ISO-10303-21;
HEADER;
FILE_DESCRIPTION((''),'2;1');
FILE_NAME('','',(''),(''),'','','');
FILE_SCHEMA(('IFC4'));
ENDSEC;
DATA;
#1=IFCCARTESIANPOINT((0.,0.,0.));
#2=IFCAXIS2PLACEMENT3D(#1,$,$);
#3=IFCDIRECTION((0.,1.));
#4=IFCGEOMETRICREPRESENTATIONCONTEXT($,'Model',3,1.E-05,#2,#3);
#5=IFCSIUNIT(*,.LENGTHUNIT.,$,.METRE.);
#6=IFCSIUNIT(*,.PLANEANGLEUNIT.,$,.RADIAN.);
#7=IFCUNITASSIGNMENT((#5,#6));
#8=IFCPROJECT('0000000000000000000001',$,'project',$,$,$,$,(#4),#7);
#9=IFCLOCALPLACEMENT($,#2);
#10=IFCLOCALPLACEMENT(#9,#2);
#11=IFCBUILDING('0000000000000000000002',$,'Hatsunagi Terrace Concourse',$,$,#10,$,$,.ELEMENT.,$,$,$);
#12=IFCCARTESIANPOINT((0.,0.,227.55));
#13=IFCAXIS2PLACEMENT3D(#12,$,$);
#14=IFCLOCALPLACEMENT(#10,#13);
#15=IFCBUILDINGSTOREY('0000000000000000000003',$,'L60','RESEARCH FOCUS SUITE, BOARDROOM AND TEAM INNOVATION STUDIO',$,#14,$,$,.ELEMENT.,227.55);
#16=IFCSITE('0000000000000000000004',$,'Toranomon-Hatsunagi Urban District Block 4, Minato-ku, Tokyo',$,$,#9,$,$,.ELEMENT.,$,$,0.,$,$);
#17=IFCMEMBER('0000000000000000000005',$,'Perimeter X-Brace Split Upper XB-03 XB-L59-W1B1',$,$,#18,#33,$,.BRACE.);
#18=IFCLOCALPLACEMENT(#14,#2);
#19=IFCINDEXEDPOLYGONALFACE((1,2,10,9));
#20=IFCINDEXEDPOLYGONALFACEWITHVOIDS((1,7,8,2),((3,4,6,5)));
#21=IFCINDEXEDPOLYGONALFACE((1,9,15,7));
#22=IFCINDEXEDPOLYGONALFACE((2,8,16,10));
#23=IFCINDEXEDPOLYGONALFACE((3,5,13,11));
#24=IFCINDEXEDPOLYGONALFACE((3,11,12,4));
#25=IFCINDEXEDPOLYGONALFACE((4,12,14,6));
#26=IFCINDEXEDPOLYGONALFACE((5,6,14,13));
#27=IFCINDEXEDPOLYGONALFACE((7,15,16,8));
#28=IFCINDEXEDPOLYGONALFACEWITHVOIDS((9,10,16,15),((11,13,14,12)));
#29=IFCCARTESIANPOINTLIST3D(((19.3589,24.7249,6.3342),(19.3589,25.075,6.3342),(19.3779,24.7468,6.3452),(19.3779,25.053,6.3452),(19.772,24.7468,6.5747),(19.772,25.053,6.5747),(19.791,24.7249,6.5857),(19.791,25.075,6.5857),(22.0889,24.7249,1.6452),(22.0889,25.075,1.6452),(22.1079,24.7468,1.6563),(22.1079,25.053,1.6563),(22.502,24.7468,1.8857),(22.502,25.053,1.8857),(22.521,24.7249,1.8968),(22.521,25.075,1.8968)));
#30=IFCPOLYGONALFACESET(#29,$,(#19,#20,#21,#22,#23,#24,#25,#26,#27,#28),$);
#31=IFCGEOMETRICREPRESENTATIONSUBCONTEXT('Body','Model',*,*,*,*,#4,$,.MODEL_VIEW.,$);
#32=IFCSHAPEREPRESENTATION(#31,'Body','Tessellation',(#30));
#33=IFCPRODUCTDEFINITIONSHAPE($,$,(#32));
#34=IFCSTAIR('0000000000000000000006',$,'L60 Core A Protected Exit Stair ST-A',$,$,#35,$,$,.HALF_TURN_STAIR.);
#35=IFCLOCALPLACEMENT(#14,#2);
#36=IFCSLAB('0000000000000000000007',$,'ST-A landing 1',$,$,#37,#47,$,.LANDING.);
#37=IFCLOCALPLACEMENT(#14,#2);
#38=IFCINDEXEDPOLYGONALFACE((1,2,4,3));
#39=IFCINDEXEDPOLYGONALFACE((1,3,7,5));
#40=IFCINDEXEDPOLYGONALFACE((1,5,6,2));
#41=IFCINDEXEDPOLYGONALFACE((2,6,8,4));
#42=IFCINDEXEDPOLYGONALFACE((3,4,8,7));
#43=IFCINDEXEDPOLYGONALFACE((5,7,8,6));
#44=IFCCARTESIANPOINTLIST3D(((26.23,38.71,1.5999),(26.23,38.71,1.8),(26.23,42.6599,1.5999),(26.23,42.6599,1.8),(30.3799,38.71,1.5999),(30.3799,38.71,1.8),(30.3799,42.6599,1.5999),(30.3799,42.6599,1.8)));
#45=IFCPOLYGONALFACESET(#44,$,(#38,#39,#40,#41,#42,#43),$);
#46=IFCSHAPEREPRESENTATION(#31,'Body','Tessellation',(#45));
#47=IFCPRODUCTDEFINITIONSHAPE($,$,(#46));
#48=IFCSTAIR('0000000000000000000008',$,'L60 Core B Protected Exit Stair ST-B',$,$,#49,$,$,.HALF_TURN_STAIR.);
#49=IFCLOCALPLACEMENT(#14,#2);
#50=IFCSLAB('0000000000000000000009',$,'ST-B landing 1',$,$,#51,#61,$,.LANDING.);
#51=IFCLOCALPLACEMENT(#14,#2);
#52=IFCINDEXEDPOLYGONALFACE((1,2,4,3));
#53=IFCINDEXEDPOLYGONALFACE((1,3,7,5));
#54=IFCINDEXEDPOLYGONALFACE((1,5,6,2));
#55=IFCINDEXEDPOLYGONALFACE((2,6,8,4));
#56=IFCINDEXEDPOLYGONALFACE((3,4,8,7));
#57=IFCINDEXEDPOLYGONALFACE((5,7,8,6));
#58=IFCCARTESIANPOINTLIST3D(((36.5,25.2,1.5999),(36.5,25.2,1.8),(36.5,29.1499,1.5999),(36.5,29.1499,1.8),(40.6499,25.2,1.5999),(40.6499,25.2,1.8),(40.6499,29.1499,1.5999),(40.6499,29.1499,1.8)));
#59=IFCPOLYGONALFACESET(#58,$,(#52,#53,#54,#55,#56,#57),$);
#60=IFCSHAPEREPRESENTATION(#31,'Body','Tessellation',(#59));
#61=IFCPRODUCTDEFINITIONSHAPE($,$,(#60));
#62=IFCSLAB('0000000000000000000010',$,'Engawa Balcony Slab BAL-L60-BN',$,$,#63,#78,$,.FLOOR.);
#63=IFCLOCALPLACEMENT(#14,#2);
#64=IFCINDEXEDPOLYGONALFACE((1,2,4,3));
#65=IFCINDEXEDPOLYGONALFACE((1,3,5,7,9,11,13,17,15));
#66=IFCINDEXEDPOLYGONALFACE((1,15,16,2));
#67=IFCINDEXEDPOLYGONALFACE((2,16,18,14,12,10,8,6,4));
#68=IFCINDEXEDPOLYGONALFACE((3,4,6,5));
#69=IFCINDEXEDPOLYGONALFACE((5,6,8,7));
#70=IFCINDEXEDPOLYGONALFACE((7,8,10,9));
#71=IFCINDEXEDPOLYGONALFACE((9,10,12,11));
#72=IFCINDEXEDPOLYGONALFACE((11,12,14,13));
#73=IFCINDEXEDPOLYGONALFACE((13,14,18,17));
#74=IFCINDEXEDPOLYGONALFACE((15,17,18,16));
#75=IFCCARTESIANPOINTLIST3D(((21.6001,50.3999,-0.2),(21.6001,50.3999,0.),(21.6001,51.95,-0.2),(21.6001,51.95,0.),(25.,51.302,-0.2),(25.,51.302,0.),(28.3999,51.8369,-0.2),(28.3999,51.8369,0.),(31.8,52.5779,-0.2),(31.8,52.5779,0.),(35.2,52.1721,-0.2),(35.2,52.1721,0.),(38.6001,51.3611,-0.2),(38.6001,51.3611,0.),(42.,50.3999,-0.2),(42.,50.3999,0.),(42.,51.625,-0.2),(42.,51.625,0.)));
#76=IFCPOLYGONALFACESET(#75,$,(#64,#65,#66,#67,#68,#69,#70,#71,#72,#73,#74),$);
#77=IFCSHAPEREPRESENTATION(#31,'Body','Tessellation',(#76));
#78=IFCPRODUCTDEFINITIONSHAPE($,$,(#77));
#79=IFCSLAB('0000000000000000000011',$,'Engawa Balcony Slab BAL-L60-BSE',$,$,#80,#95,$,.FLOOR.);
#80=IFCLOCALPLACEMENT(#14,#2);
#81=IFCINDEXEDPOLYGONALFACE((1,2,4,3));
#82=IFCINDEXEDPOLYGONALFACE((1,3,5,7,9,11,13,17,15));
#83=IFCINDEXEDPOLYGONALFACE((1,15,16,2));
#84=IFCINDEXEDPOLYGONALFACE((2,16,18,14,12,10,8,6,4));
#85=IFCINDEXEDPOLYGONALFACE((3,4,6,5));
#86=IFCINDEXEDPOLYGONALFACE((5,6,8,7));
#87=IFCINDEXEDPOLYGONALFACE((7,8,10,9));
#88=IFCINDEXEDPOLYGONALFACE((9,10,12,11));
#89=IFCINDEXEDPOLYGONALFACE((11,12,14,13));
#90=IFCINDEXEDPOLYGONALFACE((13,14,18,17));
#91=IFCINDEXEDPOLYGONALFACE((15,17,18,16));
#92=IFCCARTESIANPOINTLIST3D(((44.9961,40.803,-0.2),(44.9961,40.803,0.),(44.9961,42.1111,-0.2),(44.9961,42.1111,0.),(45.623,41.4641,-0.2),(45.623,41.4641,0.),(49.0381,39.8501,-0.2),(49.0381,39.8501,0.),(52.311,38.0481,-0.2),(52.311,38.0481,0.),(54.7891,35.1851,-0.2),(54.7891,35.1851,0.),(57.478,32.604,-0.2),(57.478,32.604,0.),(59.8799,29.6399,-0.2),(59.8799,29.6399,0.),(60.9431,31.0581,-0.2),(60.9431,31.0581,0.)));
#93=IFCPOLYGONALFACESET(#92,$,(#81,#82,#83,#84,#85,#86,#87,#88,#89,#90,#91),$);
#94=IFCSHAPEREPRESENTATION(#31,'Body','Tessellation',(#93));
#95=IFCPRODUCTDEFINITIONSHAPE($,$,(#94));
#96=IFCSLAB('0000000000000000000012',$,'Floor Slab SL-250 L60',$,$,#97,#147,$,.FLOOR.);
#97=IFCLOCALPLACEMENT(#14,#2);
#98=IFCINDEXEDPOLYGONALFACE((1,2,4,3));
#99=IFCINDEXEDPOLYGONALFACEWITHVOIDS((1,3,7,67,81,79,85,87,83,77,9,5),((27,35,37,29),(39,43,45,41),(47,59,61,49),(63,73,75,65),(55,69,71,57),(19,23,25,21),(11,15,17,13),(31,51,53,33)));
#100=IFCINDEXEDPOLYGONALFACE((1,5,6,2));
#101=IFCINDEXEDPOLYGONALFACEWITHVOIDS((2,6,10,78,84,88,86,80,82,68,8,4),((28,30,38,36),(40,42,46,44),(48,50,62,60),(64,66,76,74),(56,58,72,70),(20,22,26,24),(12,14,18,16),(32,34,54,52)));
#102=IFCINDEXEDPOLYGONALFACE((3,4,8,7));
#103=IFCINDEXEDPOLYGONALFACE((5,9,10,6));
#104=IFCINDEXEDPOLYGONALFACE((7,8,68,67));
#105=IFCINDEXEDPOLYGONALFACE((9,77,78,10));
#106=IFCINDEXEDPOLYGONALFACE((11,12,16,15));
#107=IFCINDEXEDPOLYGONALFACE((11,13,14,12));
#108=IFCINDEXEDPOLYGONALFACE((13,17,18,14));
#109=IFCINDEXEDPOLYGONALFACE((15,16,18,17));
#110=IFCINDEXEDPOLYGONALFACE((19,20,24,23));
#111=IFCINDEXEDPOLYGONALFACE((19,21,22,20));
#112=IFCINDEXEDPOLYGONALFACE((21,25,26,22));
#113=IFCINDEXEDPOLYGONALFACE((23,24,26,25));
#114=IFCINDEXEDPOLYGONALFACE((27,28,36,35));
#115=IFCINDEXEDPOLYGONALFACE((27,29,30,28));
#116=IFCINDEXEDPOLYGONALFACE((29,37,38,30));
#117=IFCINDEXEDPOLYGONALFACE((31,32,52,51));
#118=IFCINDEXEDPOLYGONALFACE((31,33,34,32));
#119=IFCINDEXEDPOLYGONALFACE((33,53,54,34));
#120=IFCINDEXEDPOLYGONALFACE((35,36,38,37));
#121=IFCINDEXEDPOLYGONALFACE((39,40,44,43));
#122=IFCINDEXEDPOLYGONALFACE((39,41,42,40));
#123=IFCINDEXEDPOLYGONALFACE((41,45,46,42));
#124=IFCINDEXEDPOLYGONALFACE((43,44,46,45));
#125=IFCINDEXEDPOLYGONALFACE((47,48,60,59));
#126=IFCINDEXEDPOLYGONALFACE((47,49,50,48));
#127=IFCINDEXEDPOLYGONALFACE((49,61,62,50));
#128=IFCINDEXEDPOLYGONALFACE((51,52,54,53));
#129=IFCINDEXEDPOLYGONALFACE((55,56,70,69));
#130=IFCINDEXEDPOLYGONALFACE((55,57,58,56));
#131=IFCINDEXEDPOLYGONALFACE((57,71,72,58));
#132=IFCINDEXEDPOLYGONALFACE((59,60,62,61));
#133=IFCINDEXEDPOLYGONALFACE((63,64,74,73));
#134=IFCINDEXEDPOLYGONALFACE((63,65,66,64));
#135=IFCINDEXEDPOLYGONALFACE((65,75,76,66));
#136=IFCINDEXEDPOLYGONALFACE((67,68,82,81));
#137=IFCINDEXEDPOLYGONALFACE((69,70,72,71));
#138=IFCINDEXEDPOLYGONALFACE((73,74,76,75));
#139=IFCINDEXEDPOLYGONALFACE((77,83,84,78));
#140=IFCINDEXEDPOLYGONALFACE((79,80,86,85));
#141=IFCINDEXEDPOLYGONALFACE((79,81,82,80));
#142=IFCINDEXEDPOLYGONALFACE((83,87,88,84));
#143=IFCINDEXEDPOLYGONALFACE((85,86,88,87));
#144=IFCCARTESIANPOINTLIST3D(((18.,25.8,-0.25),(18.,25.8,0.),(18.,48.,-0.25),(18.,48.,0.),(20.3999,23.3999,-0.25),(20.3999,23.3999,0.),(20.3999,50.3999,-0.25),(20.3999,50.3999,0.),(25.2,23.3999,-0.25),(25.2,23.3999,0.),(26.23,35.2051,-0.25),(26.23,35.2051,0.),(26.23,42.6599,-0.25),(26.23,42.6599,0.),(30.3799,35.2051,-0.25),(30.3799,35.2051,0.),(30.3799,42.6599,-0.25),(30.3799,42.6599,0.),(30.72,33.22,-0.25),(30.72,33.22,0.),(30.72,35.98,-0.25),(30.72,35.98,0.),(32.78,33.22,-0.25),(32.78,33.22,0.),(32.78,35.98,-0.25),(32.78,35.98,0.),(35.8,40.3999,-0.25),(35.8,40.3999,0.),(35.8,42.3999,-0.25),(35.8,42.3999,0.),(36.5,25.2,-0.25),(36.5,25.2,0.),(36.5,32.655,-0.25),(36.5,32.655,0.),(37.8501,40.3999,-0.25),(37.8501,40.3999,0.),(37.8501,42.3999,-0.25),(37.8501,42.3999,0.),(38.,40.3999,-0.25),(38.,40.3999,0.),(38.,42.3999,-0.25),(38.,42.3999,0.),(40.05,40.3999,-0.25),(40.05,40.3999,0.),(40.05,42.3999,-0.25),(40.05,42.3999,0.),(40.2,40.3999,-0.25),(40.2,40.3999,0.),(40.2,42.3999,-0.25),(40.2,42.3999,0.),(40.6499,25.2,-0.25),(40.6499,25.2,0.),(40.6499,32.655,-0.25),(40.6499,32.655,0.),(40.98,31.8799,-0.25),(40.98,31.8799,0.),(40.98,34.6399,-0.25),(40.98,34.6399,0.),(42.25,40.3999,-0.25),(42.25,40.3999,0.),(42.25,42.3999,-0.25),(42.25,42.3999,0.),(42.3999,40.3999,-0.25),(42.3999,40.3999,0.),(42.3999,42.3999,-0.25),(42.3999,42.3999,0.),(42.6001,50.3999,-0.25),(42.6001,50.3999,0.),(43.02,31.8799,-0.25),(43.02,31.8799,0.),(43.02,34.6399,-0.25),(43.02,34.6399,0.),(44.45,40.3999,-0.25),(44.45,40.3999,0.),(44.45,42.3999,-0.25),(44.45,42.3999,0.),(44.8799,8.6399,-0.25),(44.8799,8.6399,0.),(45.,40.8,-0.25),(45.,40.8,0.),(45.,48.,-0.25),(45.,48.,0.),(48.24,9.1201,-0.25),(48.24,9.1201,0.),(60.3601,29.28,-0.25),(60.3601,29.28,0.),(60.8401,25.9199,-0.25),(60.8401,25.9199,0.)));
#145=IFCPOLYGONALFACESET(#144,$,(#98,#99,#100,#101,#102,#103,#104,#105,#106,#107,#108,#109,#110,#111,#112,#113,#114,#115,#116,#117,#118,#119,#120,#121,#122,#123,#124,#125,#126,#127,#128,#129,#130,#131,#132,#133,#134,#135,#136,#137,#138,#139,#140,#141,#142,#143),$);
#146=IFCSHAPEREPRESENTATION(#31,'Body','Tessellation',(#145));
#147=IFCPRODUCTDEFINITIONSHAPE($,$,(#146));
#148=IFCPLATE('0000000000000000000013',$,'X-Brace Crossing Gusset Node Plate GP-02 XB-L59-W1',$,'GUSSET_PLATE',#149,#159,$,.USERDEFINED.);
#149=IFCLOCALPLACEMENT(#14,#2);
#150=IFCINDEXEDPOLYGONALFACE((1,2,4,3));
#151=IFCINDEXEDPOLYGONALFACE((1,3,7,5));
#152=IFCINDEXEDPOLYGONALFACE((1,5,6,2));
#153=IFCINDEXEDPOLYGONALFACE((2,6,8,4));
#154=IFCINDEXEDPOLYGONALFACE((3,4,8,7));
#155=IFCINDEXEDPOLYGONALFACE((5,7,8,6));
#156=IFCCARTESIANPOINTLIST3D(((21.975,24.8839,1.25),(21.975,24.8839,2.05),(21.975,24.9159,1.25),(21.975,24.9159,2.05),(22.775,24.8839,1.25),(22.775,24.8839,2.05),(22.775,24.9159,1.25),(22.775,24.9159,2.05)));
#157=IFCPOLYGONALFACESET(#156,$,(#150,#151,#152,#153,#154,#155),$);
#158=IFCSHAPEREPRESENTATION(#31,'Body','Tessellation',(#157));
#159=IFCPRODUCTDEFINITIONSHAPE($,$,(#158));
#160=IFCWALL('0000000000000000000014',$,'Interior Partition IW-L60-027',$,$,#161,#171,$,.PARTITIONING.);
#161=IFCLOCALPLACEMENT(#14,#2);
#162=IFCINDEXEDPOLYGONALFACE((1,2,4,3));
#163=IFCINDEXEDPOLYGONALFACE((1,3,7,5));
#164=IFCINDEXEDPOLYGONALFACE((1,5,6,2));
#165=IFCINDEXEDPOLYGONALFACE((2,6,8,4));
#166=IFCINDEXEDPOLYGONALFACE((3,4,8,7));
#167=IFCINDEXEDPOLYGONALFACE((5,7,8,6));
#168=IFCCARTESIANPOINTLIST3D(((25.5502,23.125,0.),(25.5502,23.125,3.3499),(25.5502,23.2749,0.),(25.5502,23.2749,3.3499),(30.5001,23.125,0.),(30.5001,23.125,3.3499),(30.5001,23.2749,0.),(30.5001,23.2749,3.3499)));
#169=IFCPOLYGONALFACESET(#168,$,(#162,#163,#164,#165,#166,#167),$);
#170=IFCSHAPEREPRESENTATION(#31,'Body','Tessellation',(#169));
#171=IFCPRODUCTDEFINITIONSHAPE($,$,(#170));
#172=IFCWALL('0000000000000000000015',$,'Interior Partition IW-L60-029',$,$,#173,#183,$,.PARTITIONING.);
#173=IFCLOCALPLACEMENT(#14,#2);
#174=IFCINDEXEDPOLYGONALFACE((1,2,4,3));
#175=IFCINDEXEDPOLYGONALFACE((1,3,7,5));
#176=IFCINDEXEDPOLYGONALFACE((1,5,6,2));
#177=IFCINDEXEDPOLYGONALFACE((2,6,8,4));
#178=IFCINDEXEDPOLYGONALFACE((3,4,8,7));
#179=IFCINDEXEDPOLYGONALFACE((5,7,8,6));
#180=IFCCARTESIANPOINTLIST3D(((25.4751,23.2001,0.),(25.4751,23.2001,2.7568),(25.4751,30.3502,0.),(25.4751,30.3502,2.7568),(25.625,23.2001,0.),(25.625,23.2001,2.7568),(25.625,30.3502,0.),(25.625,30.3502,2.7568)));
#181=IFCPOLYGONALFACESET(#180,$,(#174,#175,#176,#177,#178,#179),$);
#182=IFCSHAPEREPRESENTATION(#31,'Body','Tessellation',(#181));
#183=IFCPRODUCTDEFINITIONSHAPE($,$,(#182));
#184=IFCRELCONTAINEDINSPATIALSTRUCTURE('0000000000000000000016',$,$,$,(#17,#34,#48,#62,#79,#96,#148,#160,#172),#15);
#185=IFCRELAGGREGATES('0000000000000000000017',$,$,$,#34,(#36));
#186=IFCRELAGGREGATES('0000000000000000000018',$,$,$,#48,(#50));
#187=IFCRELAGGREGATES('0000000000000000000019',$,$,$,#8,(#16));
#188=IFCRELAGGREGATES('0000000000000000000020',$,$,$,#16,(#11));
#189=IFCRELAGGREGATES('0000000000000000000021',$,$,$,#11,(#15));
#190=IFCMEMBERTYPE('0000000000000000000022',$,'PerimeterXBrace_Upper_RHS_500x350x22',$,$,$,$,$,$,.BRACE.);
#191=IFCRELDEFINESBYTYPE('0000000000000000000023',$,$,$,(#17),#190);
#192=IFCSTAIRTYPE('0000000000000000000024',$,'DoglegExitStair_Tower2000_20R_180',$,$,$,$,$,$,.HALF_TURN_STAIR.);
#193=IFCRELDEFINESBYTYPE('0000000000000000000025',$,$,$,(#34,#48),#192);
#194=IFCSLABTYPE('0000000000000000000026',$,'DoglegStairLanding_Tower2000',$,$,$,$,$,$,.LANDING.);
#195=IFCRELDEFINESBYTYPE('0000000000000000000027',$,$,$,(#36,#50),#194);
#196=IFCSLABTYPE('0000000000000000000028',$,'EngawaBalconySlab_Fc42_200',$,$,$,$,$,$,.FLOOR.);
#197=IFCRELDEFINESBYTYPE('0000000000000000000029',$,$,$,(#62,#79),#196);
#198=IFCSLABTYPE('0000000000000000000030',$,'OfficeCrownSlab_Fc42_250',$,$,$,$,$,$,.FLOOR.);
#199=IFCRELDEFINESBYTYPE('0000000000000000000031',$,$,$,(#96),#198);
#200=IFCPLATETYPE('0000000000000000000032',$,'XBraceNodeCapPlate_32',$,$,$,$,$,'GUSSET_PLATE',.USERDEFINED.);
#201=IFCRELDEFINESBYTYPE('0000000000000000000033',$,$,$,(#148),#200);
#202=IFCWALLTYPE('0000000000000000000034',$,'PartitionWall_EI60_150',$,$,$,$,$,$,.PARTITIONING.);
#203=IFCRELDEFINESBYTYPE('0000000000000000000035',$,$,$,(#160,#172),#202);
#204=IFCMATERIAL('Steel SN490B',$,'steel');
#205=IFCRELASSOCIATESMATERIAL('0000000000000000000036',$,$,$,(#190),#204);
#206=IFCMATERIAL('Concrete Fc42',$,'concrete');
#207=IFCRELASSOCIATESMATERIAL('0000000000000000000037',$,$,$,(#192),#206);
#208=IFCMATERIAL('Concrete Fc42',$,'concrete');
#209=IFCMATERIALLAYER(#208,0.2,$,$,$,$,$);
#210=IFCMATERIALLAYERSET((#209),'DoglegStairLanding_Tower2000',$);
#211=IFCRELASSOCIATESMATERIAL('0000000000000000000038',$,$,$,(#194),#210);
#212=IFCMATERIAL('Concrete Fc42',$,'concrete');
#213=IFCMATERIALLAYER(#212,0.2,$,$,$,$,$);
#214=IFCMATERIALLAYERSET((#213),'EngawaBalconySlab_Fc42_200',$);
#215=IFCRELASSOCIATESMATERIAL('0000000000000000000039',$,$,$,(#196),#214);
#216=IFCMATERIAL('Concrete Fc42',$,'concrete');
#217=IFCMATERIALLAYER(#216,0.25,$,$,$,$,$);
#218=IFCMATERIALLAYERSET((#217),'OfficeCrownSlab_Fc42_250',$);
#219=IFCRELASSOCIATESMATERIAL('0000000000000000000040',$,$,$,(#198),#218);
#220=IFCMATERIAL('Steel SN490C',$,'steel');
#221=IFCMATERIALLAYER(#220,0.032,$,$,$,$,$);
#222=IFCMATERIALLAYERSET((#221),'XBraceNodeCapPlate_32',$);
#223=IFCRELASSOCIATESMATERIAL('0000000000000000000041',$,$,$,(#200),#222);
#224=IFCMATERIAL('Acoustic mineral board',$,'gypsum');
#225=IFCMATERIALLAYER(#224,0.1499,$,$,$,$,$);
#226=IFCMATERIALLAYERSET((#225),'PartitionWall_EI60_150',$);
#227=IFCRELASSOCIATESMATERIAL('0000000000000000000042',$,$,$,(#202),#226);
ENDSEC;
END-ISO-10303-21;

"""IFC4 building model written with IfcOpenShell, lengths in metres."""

from ifc_helpers import new_model, si_unit, direction, frame, frame_2d, origin, origin_2d, place, context, subcontext, project, spatial, polyline, rectangle, hollow_rectangle, outline, extrude, material, layer, layer_set, material_profile, profile_set, type_object, element, aggregate, save


model = new_model("IFC4")

# Units and contexts
model_context = context("Model", 3, precision=1e-05, world=origin(), true_north=direction((0.0, 1.0)))
body_context = subcontext(model_context, "Body", "Model", "MODEL_VIEW")
ifc_project = project(units=[si_unit("LENGTHUNIT", "METRE"), si_unit("PLANEANGLEUNIT", "RADIAN")], contexts=[model_context])

# Site, building, storey
site_placement = place(None, origin())
site = spatial("IfcSite", under=ifc_project, at=site_placement, Name="Toranomon-Hatsunagi Urban District Block 4, Minato-ku, Tokyo", CompositionType="ELEMENT", RefElevation=0.0)
building_placement = place(site_placement, origin())
building = spatial("IfcBuilding", under=site, at=building_placement, Name="Hatsunagi Terrace Concourse", CompositionType="ELEMENT")
storey_placement = place(building_placement, frame((0.0, 0.0, 227.55)))
storey = spatial("IfcBuildingStorey", under=building, at=storey_placement, Name="L60", Description="RESEARCH FOCUS SUITE, BOARDROOM AND TEAM INNOVATION STUDIO", CompositionType="ELEMENT", Elevation=227.55)

# Member
ifc_material_1 = material(Name="Steel SN490B", Category="steel")
ifc_material_profile_1 = material_profile(ifc_material_1, hollow_rectangle(XDim=0.3501, YDim=0.5, WallThickness=0.022, at=origin_2d()), Name="RHS-500x350x22")
ifc_profile_set_1 = profile_set([ifc_material_profile_1], Name="Steel SN490B")
member_type_1 = type_object("IfcMemberType", Name="PerimeterXBrace_Upper_RHS_500x350x22", PredefinedType="BRACE", material=ifc_profile_set_1)
member_1_placement = place(storey_placement, frame((19.575, 24.8999, 6.46), z_axis=(0.503149, 0.0, -0.8642), x_axis=(0.0, 1.0, 0.0)))
element("IfcMember", 1, at=member_1_placement, inside=storey, type_object=member_type_1, Name="Perimeter X-Brace Split Upper XB-03 XB-L59-W1B1", PredefinedType="BRACE", context=body_context, shape_type="SweptSolid", body=[
    extrude(hollow_rectangle(XDim=0.3501, YDim=0.5, WallThickness=0.022, at=origin_2d()), origin(), (0.0, 0.0, 1.0), 5.4258),
])

# Stairs, slabs
ifc_material_2 = material(Name="Concrete Fc42", Category="concrete")
stair_type = type_object("IfcStairType", Name="DoglegExitStair_Tower2000_20R_180", PredefinedType="HALF_TURN_STAIR", material=ifc_material_2)
stair_1_placement = place(storey_placement, origin())
stair_1 = element("IfcStair", 2, at=stair_1_placement, inside=storey, type_object=stair_type, Name="L60 Core A Protected Exit Stair ST-A", PredefinedType="HALF_TURN_STAIR")
ifc_material_3 = material(Name="Concrete Fc42", Category="concrete")
ifc_layer_1 = layer(ifc_material_3, 0.2)
ifc_layer_set_1 = layer_set([ifc_layer_1], Name="DoglegStairLanding_Tower2000")
slab_type_1 = type_object("IfcSlabType", Name="DoglegStairLanding_Tower2000", PredefinedType="LANDING", material=ifc_layer_set_1)
slab_1_placement = place(storey_placement, frame((0.0, 0.0, 1.5999)))
slab_1 = element("IfcSlab", 3, at=slab_1_placement, type_object=slab_type_1, Name="ST-A landing 1", PredefinedType="LANDING", context=body_context, shape_type="SweptSolid", body=[
    extrude(outline(polyline([(30.3799, 38.71), (30.3799, 42.6599), (26.23, 42.6599), (26.23, 38.71), (30.3799, 38.71)])), origin(), (0.0, 0.0, 1.0), 0.2002),
])
aggregate(stair_1, [slab_1])
stair_2_placement = place(storey_placement, origin())
stair_2 = element("IfcStair", 4, at=stair_2_placement, inside=storey, type_object=stair_type, Name="L60 Core B Protected Exit Stair ST-B", PredefinedType="HALF_TURN_STAIR")
slab_2_placement = place(storey_placement, frame((0.0, 0.0, 1.5999)))
slab_2 = element("IfcSlab", 5, at=slab_2_placement, type_object=slab_type_1, Name="ST-B landing 1", PredefinedType="LANDING", context=body_context, shape_type="SweptSolid", body=[
    extrude(outline(polyline([(36.5, 29.1499), (36.5, 25.2), (40.6499, 25.2), (40.6499, 29.1499), (36.5, 29.1499)])), origin(), (0.0, 0.0, 1.0), 0.2002),
])
aggregate(stair_2, [slab_2])

# Slabs
ifc_material_4 = material(Name="Concrete Fc42", Category="concrete")
ifc_layer_2 = layer(ifc_material_4, 0.2)
ifc_layer_set_2 = layer_set([ifc_layer_2], Name="EngawaBalconySlab_Fc42_200")
slab_type_2 = type_object("IfcSlabType", Name="EngawaBalconySlab_Fc42_200", PredefinedType="FLOOR", material=ifc_layer_set_2)
slab_3_placement = place(storey_placement, frame((0.0, 0.0, -0.2)))
element("IfcSlab", 6, at=slab_3_placement, inside=storey, type_object=slab_type_2, Name="Engawa Balcony Slab BAL-L60-BN", PredefinedType="FLOOR", context=body_context, shape_type="SweptSolid", body=[
    extrude(outline(polyline([(21.6001, 51.95), (21.6001, 50.3999), (42.0, 50.3999), (42.0, 51.625), (38.6001, 51.3611), (35.2, 52.1721), (31.8, 52.5779), (28.3999, 51.8369), (25.0, 51.302), (21.6001, 51.95)])), origin(), (0.0, 0.0, 1.0), 0.2),
])
slab_4_placement = place(storey_placement, frame((0.0, 0.0, -0.2)))
element("IfcSlab", 7, at=slab_4_placement, inside=storey, type_object=slab_type_2, Name="Engawa Balcony Slab BAL-L60-BSE", PredefinedType="FLOOR", context=body_context, shape_type="SweptSolid", body=[
    extrude(outline(polyline([(45.623, 41.4641), (44.9961, 42.1111), (44.9961, 40.803), (59.8799, 29.6399), (60.9431, 31.0581), (57.478, 32.604), (54.7891, 35.1851), (52.311, 38.0481), (49.0381, 39.8501), (45.623, 41.4641)])), origin(), (0.0, 0.0, 1.0), 0.2),
])
ifc_material_5 = material(Name="Concrete Fc42", Category="concrete")
ifc_layer_3 = layer(ifc_material_5, 0.25)
ifc_layer_set_3 = layer_set([ifc_layer_3], Name="OfficeCrownSlab_Fc42_250")
slab_type_3 = type_object("IfcSlabType", Name="OfficeCrownSlab_Fc42_250", PredefinedType="FLOOR", material=ifc_layer_set_3)
slab_5_placement = place(storey_placement, frame((0.0, 0.0, -0.25)))
element("IfcSlab", 8, at=slab_5_placement, inside=storey, type_object=slab_type_3, Name="Floor Slab SL-250 L60", PredefinedType="FLOOR", context=body_context, shape_type="SweptSolid", body=[
    extrude(outline(polyline([(45.0, 40.8), (45.0, 48.0), (42.6001, 50.3999), (20.3999, 50.3999), (18.0, 48.0), (18.0, 25.8), (20.3999, 23.3999), (25.2, 23.3999), (44.8799, 8.6399), (48.24, 9.1201), (60.8401, 25.9199), (60.3601, 29.28), (45.0, 40.8)]), holes=[polyline([(26.23, 35.2051), (30.3799, 35.2051), (30.3799, 42.6599), (26.23, 42.6599), (26.23, 35.2051)]), polyline([(36.5, 25.2), (40.6499, 25.2), (40.6499, 32.655), (36.5, 32.655), (36.5, 25.2)]), polyline([(30.72, 33.22), (32.78, 33.22), (32.78, 35.98), (30.72, 35.98), (30.72, 33.22)]), polyline([(40.98, 31.8799), (43.02, 31.8799), (43.02, 34.6399), (40.98, 34.6399), (40.98, 31.8799)]), polyline([(35.8, 40.3999), (37.8501, 40.3999), (37.8501, 42.3999), (35.8, 42.3999), (35.8, 40.3999)]), polyline([(38.0, 40.3999), (40.05, 40.3999), (40.05, 42.3999), (38.0, 42.3999), (38.0, 40.3999)]), polyline([(40.2, 40.3999), (42.25, 40.3999), (42.25, 42.3999), (40.2, 42.3999), (40.2, 40.3999)]), polyline([(42.3999, 40.3999), (44.45, 40.3999), (44.45, 42.3999), (42.3999, 42.3999), (42.3999, 40.3999)])]), origin(), (0.0, 0.0, 1.0), 0.25),
])

# Plate
ifc_material_6 = material(Name="Steel SN490C", Category="steel")
ifc_layer_4 = layer(ifc_material_6, 0.032)
ifc_layer_set_4 = layer_set([ifc_layer_4], Name="XBraceNodeCapPlate_32")
plate_type = type_object("IfcPlateType", Name="XBraceNodeCapPlate_32", ElementType="GUSSET_PLATE", PredefinedType="USERDEFINED", material=ifc_layer_set_4)
plate_placement = place(storey_placement, frame((22.375, 24.8999, 1.25), z_axis=(0.0, 0.0, 1.0), x_axis=(1.0, 0.0, 0.0)))
element("IfcPlate", 9, at=plate_placement, inside=storey, type_object=plate_type, Name="X-Brace Crossing Gusset Node Plate GP-02 XB-L59-W1", ObjectType="GUSSET_PLATE", PredefinedType="USERDEFINED", context=body_context, shape_type="SweptSolid", body=[
    extrude(rectangle(XDim=0.8, YDim=0.032, at=origin_2d()), origin(), (0.0, 0.0, 1.0), 0.8),
])

# Walls
ifc_material_7 = material(Name="Acoustic mineral board", Category="gypsum")
ifc_layer_5 = layer(ifc_material_7, 0.1499)
ifc_layer_set_5 = layer_set([ifc_layer_5], Name="PartitionWall_EI60_150")
wall_type_1 = type_object("IfcWallType", Name="PartitionWall_EI60_150", PredefinedType="PARTITIONING", material=ifc_layer_set_5)
wall_1_placement = place(storey_placement, frame((25.55, 23.2, 0.0), z_axis=(0.0, 0.0, 1.0), x_axis=(1.0, 0.0, 0.0)))
element("IfcWall", 10, at=wall_1_placement, inside=storey, type_object=wall_type_1, Name="Interior Partition IW-L60-027", PredefinedType="PARTITIONING", context=body_context, shape_type="SweptSolid", body=[
    extrude(rectangle(XDim=4.95, YDim=0.1499, at=frame_2d((2.4751, 0.0))), origin(), (0.0, 0.0, 1.0), 3.3499),
])
wall_2_placement = place(storey_placement, frame((25.55, 23.2, 0.0), z_axis=(0.0, 0.0, 1.0), x_axis=(0.0, 1.0, 0.0)))
element("IfcWall", 11, at=wall_2_placement, inside=storey, type_object=wall_type_1, Name="Interior Partition IW-L60-029", PredefinedType="PARTITIONING", context=body_context, shape_type="SweptSolid", body=[
    extrude(rectangle(XDim=7.1501, YDim=0.1499, at=frame_2d((3.5752, 0.0))), origin(), (0.0, 0.0, 1.0), 2.7568),
])

save(model, "model.ifc")
